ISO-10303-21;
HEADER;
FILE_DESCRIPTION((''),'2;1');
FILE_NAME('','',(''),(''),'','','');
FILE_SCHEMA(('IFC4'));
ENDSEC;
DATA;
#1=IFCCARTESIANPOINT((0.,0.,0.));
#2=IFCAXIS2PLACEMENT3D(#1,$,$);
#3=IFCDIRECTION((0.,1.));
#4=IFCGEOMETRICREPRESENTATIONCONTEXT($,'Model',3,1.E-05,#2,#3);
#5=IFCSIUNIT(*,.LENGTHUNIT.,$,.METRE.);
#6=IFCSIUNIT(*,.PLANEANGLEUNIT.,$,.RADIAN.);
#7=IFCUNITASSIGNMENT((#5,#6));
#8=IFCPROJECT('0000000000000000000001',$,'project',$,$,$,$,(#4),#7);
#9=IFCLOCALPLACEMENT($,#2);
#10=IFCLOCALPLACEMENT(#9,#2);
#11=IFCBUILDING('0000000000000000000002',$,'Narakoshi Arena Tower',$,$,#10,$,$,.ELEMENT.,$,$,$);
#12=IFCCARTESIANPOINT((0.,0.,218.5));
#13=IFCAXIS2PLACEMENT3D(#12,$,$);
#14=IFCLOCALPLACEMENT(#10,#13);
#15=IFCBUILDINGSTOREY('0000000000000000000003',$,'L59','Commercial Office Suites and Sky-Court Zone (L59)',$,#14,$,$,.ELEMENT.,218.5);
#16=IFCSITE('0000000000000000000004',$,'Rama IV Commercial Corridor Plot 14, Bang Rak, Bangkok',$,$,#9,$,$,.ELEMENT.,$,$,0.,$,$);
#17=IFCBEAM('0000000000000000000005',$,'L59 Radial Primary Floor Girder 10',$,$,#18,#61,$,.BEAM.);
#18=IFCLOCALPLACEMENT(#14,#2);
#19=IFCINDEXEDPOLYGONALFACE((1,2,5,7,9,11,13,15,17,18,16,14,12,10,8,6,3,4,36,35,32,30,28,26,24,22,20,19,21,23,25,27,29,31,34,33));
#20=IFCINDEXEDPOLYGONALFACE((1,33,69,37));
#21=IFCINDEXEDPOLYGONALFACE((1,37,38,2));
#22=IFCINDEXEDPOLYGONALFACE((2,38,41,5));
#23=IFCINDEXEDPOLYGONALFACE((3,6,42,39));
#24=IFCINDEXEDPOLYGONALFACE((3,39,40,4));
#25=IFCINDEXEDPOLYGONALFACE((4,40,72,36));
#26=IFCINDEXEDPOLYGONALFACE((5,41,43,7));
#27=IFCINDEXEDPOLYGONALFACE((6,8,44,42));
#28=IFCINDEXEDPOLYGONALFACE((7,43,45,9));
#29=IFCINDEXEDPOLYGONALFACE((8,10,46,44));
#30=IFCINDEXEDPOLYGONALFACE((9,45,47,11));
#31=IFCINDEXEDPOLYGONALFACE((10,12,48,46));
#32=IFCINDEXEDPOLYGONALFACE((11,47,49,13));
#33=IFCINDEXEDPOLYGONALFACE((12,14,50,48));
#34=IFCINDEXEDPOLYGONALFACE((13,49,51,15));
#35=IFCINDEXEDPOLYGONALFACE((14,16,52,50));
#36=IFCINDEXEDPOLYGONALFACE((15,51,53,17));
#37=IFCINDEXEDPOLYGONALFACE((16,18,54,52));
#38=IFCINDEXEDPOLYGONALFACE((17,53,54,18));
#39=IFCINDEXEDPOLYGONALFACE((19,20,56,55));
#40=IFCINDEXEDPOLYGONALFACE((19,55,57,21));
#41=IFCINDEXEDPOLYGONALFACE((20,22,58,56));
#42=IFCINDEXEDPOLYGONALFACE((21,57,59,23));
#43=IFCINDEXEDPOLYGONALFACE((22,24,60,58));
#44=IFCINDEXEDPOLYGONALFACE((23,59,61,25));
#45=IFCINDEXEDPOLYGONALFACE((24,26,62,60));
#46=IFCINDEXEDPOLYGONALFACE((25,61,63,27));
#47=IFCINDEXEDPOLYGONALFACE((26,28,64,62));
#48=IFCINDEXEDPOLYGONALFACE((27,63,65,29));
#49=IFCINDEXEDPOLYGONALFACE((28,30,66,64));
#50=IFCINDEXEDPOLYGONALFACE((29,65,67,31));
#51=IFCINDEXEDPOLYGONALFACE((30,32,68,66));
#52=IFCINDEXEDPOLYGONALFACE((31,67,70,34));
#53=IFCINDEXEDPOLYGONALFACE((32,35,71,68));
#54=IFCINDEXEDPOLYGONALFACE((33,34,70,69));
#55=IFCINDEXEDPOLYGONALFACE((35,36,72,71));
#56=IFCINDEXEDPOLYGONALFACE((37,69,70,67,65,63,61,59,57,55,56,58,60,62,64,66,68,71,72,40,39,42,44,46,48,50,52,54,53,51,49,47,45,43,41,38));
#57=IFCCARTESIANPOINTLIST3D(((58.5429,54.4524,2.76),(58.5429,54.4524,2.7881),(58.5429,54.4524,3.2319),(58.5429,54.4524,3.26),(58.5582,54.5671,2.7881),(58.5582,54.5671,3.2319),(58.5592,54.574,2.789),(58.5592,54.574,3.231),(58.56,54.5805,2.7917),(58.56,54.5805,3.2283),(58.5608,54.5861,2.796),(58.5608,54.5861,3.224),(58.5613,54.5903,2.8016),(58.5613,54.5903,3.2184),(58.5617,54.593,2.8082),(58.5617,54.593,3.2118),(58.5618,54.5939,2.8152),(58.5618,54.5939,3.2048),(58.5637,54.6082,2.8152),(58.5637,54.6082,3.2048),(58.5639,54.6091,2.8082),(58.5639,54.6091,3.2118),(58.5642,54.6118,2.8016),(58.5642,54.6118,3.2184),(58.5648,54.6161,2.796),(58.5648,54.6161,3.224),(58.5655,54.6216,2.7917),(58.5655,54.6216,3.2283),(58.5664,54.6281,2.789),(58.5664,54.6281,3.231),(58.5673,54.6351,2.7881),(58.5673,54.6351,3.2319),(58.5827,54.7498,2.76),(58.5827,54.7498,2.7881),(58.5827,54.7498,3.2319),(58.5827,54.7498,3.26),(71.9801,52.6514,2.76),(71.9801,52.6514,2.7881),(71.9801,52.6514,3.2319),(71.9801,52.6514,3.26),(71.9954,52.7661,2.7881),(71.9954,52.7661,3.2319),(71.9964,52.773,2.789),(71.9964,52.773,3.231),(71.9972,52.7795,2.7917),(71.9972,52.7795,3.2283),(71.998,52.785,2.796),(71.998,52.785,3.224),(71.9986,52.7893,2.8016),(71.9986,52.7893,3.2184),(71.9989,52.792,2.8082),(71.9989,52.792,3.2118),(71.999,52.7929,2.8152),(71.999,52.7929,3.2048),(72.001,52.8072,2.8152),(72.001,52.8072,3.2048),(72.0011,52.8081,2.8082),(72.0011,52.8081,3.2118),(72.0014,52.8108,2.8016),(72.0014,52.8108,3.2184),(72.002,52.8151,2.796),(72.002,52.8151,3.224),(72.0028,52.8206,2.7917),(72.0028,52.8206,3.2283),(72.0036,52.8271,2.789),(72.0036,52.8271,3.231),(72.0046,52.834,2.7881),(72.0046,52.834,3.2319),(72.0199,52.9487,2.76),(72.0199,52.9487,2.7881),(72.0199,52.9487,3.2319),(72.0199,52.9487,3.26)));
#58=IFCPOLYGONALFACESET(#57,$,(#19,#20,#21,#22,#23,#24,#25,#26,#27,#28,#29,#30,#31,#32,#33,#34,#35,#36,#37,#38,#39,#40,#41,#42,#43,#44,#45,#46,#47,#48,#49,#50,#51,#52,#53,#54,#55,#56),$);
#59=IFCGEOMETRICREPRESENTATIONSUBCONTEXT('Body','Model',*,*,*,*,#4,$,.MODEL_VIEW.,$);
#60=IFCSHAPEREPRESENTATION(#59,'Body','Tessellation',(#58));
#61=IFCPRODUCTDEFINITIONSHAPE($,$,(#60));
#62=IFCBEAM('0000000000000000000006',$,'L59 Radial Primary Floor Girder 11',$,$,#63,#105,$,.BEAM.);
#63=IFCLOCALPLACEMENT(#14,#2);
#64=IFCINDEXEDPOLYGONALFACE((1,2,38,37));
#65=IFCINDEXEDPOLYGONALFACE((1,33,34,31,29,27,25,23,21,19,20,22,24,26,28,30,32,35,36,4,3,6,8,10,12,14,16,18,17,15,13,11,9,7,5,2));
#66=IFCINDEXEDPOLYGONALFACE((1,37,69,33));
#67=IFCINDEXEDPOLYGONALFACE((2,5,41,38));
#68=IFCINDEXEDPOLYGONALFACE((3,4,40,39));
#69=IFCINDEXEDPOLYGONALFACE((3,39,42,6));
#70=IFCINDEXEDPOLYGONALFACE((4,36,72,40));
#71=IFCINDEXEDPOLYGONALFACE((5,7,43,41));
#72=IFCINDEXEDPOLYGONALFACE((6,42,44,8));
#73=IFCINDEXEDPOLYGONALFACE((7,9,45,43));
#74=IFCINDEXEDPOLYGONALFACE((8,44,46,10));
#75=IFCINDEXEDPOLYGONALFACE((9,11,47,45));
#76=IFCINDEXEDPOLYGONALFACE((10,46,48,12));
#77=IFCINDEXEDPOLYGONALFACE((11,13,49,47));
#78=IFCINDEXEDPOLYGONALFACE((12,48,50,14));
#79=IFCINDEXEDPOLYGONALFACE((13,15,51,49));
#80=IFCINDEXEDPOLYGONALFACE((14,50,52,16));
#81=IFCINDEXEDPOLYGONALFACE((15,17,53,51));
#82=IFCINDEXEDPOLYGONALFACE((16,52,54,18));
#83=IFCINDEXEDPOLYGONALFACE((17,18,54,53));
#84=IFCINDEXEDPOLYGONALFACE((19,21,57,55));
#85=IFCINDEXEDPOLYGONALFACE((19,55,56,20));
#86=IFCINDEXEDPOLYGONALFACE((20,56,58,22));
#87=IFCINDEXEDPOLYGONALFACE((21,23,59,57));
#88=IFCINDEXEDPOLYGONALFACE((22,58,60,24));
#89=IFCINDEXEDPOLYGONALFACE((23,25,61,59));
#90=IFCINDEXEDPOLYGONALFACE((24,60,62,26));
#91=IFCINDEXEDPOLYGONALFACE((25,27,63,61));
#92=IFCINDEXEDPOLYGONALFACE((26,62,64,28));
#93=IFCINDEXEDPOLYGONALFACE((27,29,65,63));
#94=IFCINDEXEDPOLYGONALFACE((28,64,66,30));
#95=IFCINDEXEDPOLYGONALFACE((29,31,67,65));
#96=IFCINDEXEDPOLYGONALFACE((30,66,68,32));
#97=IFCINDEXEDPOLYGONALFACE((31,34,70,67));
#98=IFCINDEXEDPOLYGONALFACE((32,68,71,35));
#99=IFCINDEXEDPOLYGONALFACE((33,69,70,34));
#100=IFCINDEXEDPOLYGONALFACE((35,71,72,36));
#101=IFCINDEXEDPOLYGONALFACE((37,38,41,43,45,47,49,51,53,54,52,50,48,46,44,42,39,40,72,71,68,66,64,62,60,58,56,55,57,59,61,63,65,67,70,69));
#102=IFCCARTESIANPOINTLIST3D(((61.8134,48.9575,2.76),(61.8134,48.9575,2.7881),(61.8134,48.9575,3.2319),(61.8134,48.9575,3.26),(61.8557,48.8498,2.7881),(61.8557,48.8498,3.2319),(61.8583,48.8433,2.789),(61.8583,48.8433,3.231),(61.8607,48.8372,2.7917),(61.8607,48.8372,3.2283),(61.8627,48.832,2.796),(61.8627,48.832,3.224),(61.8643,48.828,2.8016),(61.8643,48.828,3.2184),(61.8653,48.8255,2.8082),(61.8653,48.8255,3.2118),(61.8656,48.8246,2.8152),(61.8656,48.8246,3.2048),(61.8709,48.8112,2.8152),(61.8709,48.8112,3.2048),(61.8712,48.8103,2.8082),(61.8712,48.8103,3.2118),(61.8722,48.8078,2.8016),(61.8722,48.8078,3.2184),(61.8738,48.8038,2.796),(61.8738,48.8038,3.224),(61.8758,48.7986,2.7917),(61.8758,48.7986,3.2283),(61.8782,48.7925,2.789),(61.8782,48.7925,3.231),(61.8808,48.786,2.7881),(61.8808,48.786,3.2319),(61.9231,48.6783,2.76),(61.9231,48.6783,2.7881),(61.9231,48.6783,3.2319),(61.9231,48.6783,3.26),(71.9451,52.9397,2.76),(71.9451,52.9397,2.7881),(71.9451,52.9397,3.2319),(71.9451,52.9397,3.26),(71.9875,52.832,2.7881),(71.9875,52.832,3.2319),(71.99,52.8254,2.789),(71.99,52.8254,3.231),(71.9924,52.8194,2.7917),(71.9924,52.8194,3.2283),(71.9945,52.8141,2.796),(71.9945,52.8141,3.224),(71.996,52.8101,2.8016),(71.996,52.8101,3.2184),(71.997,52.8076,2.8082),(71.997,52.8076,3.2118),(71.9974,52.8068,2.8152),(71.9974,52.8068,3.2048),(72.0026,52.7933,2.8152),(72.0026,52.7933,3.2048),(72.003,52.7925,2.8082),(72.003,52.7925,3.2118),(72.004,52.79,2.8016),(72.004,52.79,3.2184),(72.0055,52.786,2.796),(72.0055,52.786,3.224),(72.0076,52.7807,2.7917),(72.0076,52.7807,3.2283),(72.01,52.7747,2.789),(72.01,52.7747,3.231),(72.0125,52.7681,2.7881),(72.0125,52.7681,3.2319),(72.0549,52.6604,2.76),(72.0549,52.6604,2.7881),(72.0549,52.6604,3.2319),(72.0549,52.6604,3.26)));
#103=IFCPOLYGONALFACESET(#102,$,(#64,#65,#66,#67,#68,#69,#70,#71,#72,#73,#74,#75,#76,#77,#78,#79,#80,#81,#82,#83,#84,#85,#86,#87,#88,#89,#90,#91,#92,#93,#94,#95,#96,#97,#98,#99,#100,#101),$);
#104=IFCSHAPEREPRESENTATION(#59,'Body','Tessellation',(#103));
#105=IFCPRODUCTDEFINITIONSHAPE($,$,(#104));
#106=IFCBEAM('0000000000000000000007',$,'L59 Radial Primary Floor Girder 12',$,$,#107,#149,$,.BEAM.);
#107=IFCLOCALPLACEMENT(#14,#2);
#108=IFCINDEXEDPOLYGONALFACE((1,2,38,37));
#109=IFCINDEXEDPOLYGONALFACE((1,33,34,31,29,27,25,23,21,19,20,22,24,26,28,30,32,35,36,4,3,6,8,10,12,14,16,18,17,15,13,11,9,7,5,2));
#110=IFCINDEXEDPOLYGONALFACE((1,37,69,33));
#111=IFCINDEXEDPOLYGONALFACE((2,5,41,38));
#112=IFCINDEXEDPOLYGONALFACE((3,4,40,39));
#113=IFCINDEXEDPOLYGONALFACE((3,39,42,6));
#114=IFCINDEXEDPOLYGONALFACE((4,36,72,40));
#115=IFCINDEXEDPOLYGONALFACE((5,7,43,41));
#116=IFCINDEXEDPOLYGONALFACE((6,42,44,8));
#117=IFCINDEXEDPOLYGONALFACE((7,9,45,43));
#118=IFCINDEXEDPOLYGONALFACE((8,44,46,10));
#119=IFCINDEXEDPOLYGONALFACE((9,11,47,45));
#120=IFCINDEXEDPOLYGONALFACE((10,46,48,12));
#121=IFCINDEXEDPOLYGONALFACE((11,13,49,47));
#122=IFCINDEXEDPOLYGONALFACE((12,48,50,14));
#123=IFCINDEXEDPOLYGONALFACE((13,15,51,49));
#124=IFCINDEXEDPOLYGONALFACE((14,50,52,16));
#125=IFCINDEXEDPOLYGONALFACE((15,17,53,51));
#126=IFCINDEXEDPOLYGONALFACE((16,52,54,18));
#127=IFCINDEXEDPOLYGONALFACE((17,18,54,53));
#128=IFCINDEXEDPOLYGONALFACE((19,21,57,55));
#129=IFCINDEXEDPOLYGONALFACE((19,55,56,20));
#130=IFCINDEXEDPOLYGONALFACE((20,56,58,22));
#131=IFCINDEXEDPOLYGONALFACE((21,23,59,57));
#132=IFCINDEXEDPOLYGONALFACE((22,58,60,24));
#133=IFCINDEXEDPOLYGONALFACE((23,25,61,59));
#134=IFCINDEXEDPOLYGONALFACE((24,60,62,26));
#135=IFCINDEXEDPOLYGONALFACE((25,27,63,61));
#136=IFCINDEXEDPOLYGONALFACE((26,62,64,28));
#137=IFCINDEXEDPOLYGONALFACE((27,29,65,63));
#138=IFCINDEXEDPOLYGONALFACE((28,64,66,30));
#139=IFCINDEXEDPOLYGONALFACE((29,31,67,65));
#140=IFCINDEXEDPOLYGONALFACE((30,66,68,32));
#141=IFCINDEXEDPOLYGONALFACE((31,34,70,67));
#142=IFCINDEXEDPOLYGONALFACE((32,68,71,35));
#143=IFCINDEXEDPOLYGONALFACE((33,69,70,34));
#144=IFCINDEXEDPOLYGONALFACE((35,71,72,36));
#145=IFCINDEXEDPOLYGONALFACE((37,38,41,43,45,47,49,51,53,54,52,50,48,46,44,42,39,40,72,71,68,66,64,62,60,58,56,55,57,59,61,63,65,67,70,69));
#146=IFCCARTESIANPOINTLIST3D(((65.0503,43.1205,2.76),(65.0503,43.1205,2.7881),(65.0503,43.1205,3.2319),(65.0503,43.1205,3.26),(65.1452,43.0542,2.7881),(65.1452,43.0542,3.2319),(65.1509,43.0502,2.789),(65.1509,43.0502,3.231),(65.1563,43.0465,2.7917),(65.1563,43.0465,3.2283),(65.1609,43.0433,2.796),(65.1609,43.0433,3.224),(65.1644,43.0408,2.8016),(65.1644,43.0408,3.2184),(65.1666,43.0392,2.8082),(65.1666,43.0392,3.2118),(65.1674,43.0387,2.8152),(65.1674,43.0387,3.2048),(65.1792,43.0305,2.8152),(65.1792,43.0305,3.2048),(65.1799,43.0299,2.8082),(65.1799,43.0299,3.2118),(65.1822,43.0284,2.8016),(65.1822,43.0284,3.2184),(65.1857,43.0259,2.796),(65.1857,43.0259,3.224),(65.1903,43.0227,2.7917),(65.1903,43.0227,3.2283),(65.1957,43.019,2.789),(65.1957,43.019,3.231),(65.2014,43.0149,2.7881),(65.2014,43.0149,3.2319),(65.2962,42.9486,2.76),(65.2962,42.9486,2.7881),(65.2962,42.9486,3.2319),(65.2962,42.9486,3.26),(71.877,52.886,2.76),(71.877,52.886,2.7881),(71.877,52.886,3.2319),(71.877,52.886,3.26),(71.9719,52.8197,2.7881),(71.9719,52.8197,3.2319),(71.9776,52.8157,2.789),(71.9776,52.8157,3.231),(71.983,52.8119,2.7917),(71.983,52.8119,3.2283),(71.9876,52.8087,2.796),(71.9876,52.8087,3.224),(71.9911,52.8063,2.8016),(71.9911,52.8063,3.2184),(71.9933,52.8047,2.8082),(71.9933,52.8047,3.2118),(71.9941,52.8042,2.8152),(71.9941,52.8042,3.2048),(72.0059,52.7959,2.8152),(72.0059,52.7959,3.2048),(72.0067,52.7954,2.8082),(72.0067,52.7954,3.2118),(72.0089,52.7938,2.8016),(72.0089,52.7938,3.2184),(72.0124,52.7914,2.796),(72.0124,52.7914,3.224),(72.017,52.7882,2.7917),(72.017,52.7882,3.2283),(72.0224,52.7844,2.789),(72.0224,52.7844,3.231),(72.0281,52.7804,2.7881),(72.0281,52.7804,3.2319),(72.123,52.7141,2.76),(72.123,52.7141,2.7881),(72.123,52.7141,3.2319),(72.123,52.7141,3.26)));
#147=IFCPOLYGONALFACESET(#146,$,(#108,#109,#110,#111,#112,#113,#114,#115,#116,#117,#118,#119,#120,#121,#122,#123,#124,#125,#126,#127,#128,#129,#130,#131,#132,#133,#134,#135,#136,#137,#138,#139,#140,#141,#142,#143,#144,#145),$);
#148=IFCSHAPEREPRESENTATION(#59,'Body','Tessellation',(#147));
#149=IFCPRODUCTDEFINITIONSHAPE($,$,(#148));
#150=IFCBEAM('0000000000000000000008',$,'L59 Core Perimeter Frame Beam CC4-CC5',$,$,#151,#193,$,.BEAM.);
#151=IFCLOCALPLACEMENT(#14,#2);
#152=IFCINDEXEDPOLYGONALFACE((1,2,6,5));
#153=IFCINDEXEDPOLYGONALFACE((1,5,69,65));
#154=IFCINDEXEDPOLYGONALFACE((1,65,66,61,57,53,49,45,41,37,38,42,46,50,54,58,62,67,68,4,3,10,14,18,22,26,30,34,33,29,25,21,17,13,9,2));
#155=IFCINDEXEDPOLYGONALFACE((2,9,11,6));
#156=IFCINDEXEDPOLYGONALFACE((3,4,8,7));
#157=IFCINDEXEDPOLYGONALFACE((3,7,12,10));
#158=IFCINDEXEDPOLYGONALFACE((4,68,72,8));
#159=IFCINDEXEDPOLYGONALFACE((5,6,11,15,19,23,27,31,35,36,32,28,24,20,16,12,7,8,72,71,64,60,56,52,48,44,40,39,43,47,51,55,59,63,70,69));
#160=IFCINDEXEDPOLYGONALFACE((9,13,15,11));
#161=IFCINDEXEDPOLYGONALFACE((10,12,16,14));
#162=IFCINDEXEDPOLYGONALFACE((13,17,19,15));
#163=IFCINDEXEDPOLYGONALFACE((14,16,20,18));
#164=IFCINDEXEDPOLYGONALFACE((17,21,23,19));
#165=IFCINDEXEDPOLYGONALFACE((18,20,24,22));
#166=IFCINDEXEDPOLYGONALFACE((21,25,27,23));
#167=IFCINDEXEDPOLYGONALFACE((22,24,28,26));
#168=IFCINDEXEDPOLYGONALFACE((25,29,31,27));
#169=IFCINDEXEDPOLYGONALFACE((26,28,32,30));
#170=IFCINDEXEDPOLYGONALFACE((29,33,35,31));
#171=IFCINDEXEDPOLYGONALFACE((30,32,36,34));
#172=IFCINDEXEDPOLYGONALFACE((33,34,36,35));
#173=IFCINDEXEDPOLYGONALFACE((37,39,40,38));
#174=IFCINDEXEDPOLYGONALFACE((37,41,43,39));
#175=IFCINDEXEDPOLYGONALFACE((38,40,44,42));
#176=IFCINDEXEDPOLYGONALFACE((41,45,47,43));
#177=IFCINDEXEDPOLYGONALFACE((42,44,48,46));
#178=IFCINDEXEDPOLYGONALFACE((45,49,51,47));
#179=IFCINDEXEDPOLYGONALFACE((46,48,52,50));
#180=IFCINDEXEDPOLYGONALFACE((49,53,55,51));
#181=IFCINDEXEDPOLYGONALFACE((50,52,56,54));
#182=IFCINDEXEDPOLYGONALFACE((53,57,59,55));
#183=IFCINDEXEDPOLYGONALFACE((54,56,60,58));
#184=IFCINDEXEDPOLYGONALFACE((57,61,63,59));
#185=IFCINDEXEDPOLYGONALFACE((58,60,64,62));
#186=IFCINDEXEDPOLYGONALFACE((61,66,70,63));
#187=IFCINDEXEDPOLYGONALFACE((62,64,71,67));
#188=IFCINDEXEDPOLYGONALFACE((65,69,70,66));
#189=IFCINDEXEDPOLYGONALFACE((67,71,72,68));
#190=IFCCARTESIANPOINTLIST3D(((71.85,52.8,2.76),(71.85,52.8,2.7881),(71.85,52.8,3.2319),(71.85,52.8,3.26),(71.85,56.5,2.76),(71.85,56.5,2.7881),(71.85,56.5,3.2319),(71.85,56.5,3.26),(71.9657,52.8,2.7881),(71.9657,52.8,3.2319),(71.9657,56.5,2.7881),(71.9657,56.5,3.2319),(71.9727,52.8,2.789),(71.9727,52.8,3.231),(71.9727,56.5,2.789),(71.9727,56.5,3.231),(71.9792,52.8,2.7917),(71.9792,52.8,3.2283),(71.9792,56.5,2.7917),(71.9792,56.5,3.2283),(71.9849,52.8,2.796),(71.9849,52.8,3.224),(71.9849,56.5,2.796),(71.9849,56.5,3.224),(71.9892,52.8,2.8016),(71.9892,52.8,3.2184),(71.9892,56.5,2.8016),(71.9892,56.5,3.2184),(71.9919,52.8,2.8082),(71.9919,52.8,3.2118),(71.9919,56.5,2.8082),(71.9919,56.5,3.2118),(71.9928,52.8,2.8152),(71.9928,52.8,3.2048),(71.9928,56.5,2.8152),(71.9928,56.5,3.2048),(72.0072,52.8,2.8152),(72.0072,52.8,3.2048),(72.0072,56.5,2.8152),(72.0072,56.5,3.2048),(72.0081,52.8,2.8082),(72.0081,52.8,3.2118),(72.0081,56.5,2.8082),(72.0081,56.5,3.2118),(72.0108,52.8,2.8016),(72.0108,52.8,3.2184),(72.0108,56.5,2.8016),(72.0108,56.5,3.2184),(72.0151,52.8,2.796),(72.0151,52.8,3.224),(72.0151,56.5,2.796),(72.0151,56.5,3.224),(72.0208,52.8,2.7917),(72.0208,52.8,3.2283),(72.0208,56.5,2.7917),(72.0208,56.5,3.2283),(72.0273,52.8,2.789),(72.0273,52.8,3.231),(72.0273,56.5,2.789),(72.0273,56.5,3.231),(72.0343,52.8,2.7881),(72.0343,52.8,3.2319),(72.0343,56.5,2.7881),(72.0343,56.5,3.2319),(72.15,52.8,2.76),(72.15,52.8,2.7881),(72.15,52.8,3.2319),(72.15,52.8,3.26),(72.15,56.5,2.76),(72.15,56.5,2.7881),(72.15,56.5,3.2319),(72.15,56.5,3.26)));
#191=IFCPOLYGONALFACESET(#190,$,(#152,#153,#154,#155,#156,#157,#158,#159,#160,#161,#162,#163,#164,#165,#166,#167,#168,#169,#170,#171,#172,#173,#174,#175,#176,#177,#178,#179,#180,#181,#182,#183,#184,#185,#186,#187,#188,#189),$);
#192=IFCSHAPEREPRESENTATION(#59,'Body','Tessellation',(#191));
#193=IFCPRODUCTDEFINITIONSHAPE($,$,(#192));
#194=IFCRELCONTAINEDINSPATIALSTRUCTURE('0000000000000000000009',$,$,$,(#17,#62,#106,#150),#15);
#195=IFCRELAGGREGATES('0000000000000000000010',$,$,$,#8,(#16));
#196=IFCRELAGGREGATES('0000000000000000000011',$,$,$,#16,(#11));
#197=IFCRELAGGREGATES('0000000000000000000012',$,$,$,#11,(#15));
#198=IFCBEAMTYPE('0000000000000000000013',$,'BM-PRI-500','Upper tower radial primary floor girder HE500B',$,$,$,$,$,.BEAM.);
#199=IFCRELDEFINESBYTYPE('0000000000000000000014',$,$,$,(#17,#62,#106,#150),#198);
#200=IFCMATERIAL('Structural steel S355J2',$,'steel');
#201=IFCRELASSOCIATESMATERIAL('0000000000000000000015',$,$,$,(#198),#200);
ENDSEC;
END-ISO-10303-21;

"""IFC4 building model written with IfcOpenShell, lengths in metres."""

from ifc_helpers import new_model, si_unit, direction, frame, origin, origin_2d, place, context, subcontext, project, spatial, i_section, extrude, material, material_profile, profile_set, type_object, element, save


model = new_model("IFC4")

# Units and contexts
model_context = context("Model", 3, precision=1e-05, world=origin(), true_north=direction((0.0, 1.0)))
body_context = subcontext(model_context, "Body", "Model", "MODEL_VIEW")
ifc_project = project(units=[si_unit("LENGTHUNIT", "METRE"), si_unit("PLANEANGLEUNIT", "RADIAN")], contexts=[model_context])

# Site, building, storey
site_placement = place(None, origin())
site = spatial("IfcSite", under=ifc_project, at=site_placement, Name="Rama IV Commercial Corridor Plot 14, Bang Rak, Bangkok", CompositionType="ELEMENT", RefElevation=0.0)
building_placement = place(site_placement, origin())
building = spatial("IfcBuilding", under=site, at=building_placement, Name="Narakoshi Arena Tower", CompositionType="ELEMENT")
storey_placement = place(building_placement, frame((0.0, 0.0, 218.5)))
storey = spatial("IfcBuildingStorey", under=building, at=storey_placement, Name="L59", Description="Commercial Office Suites and Sky-Court Zone (L59)", CompositionType="ELEMENT", Elevation=218.5)

# Beams
ifc_material_1 = material(Name="Structural steel S355J2", Category="steel")
ifc_material_profile = material_profile(ifc_material_1, i_section(OverallWidth=0.3, OverallDepth=0.5, WebThickness=0.0144, FlangeThickness=0.0281, FilletRadius=0.0271, at=origin_2d()), Name="HE500B")
ifc_profile_set = profile_set([ifc_material_profile], Name="Structural steel S355J2")
beam_type = type_object("IfcBeamType", Name="BM-PRI-500", Description="Upper tower radial primary floor girder HE500B", PredefinedType="BEAM", material=ifc_profile_set)
beam_1_placement = place(storey_placement, frame((72.0, 52.8, 3.01), z_axis=(-0.991137, 0.132844, 0.0), x_axis=(-0.132844, -0.991137, 0.0)))
element("IfcBeam", 1, at=beam_1_placement, inside=storey, type_object=beam_type, Name="L59 Radial Primary Floor Girder 10", PredefinedType="BEAM", context=body_context, shape_type="SweptSolid", body=[
    extrude(i_section(OverallWidth=0.3, OverallDepth=0.5, WebThickness=0.0144, FlangeThickness=0.0281, FilletRadius=0.0271, at=origin_2d()), origin(), (0.0, 0.0, 1.0), 13.5574),
])
beam_2_placement = place(storey_placement, frame((72.0, 52.8, 3.01), z_axis=(-0.930695, -0.365797, 0.0), x_axis=(0.365797, -0.930695, 0.0)))
element("IfcBeam", 2, at=beam_2_placement, inside=storey, type_object=beam_type, Name="L59 Radial Primary Floor Girder 11", PredefinedType="BEAM", context=body_context, shape_type="SweptSolid", body=[
    extrude(i_section(OverallWidth=0.3, OverallDepth=0.5, WebThickness=0.0144, FlangeThickness=0.0281, FilletRadius=0.0271, at=origin_2d()), origin(), (0.0, 0.0, 1.0), 10.8862),
])
beam_3_placement = place(storey_placement, frame((72.0, 52.8, 3.01), z_axis=(-0.572949, -0.819591, 0.0), x_axis=(0.819591, -0.572949, 0.0)))
element("IfcBeam", 3, at=beam_3_placement, inside=storey, type_object=beam_type, Name="L59 Radial Primary Floor Girder 12", PredefinedType="BEAM", context=body_context, shape_type="SweptSolid", body=[
    extrude(i_section(OverallWidth=0.3, OverallDepth=0.5, WebThickness=0.0144, FlangeThickness=0.0281, FilletRadius=0.0271, at=origin_2d()), origin(), (0.0, 0.0, 1.0), 11.915),
])
beam_4_placement = place(storey_placement, frame((72.0, 52.8, 3.01), z_axis=(0.0, 1.0, 0.0), x_axis=(-1.0, 0.0, 0.0)))
element("IfcBeam", 4, at=beam_4_placement, inside=storey, type_object=beam_type, Name="L59 Core Perimeter Frame Beam CC4-CC5", PredefinedType="BEAM", context=body_context, shape_type="SweptSolid", body=[
    extrude(i_section(OverallWidth=0.3, OverallDepth=0.5, WebThickness=0.0144, FlangeThickness=0.0281, FilletRadius=0.0271, at=origin_2d()), origin(), (0.0, 0.0, 1.0), 3.7),
])

save(model, "model.ifc")
